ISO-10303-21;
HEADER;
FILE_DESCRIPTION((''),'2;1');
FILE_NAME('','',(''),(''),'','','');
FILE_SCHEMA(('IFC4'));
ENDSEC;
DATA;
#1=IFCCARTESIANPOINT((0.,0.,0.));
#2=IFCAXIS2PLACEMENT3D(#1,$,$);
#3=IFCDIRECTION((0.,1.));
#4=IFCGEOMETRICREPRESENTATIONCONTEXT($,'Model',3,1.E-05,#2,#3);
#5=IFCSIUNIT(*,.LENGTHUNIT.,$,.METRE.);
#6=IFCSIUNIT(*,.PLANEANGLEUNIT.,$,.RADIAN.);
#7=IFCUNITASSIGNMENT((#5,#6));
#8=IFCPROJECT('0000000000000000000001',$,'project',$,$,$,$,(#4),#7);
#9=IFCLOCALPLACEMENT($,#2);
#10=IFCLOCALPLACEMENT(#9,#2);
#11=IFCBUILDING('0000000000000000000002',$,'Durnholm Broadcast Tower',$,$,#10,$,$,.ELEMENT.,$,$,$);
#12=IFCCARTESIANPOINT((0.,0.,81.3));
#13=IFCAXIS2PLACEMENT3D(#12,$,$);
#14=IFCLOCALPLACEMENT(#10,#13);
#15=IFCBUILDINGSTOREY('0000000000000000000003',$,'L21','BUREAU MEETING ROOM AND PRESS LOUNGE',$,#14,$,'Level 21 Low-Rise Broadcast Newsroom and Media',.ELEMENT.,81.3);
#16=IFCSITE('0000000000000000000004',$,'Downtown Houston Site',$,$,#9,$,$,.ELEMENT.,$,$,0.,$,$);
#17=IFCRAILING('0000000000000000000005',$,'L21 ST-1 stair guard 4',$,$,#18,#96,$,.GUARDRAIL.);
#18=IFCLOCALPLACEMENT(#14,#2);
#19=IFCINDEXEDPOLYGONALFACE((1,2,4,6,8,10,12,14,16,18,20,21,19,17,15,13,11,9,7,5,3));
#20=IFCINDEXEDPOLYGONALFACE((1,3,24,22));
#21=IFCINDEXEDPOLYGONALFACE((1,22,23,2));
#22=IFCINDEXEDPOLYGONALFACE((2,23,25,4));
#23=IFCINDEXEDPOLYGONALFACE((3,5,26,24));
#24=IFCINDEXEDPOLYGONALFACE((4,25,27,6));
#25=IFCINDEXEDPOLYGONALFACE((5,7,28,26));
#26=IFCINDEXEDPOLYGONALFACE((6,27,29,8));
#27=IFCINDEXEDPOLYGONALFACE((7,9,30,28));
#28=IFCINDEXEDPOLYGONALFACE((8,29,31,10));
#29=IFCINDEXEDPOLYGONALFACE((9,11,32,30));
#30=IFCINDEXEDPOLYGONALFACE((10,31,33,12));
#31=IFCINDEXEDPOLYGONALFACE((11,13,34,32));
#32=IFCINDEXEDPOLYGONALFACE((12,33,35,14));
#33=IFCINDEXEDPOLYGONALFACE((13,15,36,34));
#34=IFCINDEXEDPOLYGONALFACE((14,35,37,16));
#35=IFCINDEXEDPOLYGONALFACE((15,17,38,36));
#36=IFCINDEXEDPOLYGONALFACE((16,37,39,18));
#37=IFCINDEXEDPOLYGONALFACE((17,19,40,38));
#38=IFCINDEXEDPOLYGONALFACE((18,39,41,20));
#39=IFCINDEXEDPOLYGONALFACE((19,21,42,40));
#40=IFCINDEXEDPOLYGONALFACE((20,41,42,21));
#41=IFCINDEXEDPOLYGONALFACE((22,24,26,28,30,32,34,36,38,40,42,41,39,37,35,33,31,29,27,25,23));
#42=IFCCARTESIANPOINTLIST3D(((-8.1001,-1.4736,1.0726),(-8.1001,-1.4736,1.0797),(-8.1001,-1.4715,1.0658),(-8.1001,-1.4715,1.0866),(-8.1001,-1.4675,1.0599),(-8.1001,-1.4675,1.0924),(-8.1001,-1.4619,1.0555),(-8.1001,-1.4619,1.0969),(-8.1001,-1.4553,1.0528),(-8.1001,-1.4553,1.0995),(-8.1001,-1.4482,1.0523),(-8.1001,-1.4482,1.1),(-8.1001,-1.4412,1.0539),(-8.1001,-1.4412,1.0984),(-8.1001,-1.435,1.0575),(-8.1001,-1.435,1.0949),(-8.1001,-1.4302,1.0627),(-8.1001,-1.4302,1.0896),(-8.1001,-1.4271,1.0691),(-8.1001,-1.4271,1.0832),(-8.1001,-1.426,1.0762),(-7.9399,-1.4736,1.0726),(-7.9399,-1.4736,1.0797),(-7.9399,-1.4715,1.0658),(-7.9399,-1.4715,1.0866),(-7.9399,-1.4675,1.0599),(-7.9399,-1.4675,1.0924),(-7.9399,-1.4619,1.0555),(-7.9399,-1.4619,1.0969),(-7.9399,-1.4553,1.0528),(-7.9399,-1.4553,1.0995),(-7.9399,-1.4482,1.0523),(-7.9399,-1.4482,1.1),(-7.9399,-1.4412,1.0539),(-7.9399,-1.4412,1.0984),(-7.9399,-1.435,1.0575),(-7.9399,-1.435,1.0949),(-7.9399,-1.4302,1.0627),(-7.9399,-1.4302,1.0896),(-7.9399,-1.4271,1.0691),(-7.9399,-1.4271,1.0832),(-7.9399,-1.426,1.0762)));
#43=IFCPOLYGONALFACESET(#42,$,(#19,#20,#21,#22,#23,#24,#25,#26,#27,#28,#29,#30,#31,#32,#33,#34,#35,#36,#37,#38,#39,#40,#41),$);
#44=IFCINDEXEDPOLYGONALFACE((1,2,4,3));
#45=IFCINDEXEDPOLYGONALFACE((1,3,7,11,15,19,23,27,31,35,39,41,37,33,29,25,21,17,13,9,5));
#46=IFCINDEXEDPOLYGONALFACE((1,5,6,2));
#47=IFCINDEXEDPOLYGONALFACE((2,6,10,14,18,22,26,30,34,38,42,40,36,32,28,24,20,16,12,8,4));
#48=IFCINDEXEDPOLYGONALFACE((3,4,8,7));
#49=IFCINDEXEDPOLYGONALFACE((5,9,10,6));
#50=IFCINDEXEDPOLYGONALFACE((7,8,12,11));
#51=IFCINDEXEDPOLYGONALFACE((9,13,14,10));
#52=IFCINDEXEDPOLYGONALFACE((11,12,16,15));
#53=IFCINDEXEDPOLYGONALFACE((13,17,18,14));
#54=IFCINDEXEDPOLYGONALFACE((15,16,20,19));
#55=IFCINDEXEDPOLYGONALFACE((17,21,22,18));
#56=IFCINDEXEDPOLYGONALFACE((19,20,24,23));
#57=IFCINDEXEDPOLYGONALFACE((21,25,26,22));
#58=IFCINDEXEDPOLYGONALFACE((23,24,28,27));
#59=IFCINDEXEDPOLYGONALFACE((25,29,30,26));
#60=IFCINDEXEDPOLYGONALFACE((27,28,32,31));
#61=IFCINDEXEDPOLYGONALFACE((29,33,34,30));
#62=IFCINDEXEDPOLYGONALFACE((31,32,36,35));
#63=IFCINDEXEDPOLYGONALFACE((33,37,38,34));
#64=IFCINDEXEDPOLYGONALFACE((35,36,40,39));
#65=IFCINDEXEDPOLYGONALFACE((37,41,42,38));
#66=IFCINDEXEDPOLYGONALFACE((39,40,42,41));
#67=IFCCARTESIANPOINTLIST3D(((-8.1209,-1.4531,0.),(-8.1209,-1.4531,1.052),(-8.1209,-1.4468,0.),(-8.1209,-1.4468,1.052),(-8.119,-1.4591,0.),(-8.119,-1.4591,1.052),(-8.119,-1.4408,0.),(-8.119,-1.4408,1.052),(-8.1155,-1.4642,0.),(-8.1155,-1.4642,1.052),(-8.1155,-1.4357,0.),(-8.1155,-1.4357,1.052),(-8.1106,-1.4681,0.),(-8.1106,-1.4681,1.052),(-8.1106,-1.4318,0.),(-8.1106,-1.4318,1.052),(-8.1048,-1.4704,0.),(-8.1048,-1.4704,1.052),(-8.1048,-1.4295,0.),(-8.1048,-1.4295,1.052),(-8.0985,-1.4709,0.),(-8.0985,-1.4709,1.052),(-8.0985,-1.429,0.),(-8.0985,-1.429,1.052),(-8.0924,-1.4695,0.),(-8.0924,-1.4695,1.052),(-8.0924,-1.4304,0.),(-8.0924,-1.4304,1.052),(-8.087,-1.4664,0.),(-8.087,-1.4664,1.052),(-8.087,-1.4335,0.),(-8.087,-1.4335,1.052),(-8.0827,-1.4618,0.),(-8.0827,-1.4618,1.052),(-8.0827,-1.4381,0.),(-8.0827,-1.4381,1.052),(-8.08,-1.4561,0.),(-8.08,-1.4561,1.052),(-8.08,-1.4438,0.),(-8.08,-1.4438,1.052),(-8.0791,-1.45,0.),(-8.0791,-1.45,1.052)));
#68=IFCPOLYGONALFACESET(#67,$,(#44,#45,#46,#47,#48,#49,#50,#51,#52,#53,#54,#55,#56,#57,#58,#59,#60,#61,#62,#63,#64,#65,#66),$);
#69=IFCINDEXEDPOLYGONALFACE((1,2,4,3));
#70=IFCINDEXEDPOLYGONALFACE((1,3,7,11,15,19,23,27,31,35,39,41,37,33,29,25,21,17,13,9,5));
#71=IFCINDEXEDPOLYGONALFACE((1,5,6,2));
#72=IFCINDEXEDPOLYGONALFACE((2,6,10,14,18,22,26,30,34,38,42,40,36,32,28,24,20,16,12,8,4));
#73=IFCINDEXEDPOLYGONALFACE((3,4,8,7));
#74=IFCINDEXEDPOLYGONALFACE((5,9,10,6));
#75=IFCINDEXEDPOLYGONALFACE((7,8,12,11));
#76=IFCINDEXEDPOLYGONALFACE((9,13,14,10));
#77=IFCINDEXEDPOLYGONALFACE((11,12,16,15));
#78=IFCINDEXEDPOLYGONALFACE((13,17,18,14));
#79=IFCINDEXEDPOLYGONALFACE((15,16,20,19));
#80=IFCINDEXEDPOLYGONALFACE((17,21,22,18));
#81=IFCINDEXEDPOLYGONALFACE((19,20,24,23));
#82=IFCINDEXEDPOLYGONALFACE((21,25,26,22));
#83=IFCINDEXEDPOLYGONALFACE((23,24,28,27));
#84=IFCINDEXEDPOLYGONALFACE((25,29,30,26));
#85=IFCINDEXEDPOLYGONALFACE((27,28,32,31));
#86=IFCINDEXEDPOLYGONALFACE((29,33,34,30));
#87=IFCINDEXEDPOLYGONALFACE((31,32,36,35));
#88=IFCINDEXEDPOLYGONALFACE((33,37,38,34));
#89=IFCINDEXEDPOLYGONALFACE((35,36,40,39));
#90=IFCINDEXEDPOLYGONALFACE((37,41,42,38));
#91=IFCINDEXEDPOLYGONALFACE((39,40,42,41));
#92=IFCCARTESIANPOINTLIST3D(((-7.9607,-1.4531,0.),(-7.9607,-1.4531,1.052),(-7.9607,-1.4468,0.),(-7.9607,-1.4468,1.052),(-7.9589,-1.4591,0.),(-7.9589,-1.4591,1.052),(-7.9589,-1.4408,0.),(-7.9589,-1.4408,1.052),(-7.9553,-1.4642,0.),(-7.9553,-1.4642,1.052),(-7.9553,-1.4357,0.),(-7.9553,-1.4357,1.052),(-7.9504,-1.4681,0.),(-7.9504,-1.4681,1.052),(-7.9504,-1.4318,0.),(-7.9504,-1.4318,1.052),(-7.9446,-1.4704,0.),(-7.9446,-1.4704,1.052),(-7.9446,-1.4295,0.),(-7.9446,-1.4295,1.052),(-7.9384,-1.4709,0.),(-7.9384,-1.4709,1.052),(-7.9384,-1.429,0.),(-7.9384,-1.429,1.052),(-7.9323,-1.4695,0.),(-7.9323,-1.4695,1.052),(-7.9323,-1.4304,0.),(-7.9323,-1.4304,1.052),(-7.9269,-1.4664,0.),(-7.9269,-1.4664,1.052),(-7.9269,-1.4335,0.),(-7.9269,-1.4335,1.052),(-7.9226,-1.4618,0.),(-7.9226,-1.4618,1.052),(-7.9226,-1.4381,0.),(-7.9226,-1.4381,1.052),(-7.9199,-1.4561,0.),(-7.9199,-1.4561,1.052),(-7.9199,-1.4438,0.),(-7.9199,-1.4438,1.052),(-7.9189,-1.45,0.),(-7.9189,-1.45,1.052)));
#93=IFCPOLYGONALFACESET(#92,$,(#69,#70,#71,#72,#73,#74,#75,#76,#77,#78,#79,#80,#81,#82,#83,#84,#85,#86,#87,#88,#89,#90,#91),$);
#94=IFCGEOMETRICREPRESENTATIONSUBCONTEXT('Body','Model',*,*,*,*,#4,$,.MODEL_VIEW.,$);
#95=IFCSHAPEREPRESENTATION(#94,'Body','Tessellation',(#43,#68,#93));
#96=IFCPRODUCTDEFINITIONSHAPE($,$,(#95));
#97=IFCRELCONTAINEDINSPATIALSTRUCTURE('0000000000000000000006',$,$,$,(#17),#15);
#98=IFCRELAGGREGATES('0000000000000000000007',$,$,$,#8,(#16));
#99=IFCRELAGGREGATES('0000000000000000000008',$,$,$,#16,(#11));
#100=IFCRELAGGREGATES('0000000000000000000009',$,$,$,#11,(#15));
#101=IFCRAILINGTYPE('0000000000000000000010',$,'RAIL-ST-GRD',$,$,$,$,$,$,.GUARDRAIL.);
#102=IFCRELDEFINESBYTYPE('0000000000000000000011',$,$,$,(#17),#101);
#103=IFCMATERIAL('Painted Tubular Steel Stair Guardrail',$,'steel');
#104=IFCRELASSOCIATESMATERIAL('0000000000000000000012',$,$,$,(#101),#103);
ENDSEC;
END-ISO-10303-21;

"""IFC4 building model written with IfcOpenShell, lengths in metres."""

from ifc_helpers import new_model, si_unit, direction, frame, origin, origin_2d, place, context, subcontext, project, spatial, circle, extrude, material, type_object, element, save


model = new_model("IFC4")

# Units and contexts
model_context = context("Model", 3, precision=1e-05, world=origin(), true_north=direction((0.0, 1.0)))
body_context = subcontext(model_context, "Body", "Model", "MODEL_VIEW")
ifc_project = project(units=[si_unit("LENGTHUNIT", "METRE"), si_unit("PLANEANGLEUNIT", "RADIAN")], contexts=[model_context])

# Site, building, storey
site_placement = place(None, origin())
site = spatial("IfcSite", under=ifc_project, at=site_placement, Name="Downtown Houston Site", CompositionType="ELEMENT", RefElevation=0.0)
building_placement = place(site_placement, origin())
building = spatial("IfcBuilding", under=site, at=building_placement, Name="Durnholm Broadcast Tower", CompositionType="ELEMENT")
storey_placement = place(building_placement, frame((0.0, 0.0, 81.3)))
storey = spatial("IfcBuildingStorey", under=building, at=storey_placement, Name="L21", Description="BUREAU MEETING ROOM AND PRESS LOUNGE", LongName="Level 21 Low-Rise Broadcast Newsroom and Media", CompositionType="ELEMENT", Elevation=81.3)

# Railing
ifc_material_1 = material(Name="Painted Tubular Steel Stair Guardrail", Category="steel")
railing_type_1 = type_object("IfcRailingType", Name="RAIL-ST-GRD", PredefinedType="GUARDRAIL", material=ifc_material_1)
railing_1_placement = place(storey_placement, frame((-8.1001, -1.45, 0.0)))
element("IfcRailing", 1, at=railing_1_placement, inside=storey, type_object=railing_type_1, Name="L21 ST-1 stair guard 4", PredefinedType="GUARDRAIL", context=body_context, shape_type="SweptSolid", body=[
    extrude(circle(Radius=0.0239, at=origin_2d()), frame((0.0, 0.0, 1.0762), z_axis=(1.0, 0.0, 0.0), x_axis=(0.0, 1.0, 0.0)), (0.0, 0.0, 1.0), 0.1602),
    extrude(circle(Radius=0.021, at=origin_2d()), origin(), (0.0, 0.0, 1.0), 1.052),
    extrude(circle(Radius=0.021, at=origin_2d()), frame((0.1602, 0.0, 0.0)), (0.0, 0.0, 1.0), 1.052),
])

save(model, "model.ifc")
